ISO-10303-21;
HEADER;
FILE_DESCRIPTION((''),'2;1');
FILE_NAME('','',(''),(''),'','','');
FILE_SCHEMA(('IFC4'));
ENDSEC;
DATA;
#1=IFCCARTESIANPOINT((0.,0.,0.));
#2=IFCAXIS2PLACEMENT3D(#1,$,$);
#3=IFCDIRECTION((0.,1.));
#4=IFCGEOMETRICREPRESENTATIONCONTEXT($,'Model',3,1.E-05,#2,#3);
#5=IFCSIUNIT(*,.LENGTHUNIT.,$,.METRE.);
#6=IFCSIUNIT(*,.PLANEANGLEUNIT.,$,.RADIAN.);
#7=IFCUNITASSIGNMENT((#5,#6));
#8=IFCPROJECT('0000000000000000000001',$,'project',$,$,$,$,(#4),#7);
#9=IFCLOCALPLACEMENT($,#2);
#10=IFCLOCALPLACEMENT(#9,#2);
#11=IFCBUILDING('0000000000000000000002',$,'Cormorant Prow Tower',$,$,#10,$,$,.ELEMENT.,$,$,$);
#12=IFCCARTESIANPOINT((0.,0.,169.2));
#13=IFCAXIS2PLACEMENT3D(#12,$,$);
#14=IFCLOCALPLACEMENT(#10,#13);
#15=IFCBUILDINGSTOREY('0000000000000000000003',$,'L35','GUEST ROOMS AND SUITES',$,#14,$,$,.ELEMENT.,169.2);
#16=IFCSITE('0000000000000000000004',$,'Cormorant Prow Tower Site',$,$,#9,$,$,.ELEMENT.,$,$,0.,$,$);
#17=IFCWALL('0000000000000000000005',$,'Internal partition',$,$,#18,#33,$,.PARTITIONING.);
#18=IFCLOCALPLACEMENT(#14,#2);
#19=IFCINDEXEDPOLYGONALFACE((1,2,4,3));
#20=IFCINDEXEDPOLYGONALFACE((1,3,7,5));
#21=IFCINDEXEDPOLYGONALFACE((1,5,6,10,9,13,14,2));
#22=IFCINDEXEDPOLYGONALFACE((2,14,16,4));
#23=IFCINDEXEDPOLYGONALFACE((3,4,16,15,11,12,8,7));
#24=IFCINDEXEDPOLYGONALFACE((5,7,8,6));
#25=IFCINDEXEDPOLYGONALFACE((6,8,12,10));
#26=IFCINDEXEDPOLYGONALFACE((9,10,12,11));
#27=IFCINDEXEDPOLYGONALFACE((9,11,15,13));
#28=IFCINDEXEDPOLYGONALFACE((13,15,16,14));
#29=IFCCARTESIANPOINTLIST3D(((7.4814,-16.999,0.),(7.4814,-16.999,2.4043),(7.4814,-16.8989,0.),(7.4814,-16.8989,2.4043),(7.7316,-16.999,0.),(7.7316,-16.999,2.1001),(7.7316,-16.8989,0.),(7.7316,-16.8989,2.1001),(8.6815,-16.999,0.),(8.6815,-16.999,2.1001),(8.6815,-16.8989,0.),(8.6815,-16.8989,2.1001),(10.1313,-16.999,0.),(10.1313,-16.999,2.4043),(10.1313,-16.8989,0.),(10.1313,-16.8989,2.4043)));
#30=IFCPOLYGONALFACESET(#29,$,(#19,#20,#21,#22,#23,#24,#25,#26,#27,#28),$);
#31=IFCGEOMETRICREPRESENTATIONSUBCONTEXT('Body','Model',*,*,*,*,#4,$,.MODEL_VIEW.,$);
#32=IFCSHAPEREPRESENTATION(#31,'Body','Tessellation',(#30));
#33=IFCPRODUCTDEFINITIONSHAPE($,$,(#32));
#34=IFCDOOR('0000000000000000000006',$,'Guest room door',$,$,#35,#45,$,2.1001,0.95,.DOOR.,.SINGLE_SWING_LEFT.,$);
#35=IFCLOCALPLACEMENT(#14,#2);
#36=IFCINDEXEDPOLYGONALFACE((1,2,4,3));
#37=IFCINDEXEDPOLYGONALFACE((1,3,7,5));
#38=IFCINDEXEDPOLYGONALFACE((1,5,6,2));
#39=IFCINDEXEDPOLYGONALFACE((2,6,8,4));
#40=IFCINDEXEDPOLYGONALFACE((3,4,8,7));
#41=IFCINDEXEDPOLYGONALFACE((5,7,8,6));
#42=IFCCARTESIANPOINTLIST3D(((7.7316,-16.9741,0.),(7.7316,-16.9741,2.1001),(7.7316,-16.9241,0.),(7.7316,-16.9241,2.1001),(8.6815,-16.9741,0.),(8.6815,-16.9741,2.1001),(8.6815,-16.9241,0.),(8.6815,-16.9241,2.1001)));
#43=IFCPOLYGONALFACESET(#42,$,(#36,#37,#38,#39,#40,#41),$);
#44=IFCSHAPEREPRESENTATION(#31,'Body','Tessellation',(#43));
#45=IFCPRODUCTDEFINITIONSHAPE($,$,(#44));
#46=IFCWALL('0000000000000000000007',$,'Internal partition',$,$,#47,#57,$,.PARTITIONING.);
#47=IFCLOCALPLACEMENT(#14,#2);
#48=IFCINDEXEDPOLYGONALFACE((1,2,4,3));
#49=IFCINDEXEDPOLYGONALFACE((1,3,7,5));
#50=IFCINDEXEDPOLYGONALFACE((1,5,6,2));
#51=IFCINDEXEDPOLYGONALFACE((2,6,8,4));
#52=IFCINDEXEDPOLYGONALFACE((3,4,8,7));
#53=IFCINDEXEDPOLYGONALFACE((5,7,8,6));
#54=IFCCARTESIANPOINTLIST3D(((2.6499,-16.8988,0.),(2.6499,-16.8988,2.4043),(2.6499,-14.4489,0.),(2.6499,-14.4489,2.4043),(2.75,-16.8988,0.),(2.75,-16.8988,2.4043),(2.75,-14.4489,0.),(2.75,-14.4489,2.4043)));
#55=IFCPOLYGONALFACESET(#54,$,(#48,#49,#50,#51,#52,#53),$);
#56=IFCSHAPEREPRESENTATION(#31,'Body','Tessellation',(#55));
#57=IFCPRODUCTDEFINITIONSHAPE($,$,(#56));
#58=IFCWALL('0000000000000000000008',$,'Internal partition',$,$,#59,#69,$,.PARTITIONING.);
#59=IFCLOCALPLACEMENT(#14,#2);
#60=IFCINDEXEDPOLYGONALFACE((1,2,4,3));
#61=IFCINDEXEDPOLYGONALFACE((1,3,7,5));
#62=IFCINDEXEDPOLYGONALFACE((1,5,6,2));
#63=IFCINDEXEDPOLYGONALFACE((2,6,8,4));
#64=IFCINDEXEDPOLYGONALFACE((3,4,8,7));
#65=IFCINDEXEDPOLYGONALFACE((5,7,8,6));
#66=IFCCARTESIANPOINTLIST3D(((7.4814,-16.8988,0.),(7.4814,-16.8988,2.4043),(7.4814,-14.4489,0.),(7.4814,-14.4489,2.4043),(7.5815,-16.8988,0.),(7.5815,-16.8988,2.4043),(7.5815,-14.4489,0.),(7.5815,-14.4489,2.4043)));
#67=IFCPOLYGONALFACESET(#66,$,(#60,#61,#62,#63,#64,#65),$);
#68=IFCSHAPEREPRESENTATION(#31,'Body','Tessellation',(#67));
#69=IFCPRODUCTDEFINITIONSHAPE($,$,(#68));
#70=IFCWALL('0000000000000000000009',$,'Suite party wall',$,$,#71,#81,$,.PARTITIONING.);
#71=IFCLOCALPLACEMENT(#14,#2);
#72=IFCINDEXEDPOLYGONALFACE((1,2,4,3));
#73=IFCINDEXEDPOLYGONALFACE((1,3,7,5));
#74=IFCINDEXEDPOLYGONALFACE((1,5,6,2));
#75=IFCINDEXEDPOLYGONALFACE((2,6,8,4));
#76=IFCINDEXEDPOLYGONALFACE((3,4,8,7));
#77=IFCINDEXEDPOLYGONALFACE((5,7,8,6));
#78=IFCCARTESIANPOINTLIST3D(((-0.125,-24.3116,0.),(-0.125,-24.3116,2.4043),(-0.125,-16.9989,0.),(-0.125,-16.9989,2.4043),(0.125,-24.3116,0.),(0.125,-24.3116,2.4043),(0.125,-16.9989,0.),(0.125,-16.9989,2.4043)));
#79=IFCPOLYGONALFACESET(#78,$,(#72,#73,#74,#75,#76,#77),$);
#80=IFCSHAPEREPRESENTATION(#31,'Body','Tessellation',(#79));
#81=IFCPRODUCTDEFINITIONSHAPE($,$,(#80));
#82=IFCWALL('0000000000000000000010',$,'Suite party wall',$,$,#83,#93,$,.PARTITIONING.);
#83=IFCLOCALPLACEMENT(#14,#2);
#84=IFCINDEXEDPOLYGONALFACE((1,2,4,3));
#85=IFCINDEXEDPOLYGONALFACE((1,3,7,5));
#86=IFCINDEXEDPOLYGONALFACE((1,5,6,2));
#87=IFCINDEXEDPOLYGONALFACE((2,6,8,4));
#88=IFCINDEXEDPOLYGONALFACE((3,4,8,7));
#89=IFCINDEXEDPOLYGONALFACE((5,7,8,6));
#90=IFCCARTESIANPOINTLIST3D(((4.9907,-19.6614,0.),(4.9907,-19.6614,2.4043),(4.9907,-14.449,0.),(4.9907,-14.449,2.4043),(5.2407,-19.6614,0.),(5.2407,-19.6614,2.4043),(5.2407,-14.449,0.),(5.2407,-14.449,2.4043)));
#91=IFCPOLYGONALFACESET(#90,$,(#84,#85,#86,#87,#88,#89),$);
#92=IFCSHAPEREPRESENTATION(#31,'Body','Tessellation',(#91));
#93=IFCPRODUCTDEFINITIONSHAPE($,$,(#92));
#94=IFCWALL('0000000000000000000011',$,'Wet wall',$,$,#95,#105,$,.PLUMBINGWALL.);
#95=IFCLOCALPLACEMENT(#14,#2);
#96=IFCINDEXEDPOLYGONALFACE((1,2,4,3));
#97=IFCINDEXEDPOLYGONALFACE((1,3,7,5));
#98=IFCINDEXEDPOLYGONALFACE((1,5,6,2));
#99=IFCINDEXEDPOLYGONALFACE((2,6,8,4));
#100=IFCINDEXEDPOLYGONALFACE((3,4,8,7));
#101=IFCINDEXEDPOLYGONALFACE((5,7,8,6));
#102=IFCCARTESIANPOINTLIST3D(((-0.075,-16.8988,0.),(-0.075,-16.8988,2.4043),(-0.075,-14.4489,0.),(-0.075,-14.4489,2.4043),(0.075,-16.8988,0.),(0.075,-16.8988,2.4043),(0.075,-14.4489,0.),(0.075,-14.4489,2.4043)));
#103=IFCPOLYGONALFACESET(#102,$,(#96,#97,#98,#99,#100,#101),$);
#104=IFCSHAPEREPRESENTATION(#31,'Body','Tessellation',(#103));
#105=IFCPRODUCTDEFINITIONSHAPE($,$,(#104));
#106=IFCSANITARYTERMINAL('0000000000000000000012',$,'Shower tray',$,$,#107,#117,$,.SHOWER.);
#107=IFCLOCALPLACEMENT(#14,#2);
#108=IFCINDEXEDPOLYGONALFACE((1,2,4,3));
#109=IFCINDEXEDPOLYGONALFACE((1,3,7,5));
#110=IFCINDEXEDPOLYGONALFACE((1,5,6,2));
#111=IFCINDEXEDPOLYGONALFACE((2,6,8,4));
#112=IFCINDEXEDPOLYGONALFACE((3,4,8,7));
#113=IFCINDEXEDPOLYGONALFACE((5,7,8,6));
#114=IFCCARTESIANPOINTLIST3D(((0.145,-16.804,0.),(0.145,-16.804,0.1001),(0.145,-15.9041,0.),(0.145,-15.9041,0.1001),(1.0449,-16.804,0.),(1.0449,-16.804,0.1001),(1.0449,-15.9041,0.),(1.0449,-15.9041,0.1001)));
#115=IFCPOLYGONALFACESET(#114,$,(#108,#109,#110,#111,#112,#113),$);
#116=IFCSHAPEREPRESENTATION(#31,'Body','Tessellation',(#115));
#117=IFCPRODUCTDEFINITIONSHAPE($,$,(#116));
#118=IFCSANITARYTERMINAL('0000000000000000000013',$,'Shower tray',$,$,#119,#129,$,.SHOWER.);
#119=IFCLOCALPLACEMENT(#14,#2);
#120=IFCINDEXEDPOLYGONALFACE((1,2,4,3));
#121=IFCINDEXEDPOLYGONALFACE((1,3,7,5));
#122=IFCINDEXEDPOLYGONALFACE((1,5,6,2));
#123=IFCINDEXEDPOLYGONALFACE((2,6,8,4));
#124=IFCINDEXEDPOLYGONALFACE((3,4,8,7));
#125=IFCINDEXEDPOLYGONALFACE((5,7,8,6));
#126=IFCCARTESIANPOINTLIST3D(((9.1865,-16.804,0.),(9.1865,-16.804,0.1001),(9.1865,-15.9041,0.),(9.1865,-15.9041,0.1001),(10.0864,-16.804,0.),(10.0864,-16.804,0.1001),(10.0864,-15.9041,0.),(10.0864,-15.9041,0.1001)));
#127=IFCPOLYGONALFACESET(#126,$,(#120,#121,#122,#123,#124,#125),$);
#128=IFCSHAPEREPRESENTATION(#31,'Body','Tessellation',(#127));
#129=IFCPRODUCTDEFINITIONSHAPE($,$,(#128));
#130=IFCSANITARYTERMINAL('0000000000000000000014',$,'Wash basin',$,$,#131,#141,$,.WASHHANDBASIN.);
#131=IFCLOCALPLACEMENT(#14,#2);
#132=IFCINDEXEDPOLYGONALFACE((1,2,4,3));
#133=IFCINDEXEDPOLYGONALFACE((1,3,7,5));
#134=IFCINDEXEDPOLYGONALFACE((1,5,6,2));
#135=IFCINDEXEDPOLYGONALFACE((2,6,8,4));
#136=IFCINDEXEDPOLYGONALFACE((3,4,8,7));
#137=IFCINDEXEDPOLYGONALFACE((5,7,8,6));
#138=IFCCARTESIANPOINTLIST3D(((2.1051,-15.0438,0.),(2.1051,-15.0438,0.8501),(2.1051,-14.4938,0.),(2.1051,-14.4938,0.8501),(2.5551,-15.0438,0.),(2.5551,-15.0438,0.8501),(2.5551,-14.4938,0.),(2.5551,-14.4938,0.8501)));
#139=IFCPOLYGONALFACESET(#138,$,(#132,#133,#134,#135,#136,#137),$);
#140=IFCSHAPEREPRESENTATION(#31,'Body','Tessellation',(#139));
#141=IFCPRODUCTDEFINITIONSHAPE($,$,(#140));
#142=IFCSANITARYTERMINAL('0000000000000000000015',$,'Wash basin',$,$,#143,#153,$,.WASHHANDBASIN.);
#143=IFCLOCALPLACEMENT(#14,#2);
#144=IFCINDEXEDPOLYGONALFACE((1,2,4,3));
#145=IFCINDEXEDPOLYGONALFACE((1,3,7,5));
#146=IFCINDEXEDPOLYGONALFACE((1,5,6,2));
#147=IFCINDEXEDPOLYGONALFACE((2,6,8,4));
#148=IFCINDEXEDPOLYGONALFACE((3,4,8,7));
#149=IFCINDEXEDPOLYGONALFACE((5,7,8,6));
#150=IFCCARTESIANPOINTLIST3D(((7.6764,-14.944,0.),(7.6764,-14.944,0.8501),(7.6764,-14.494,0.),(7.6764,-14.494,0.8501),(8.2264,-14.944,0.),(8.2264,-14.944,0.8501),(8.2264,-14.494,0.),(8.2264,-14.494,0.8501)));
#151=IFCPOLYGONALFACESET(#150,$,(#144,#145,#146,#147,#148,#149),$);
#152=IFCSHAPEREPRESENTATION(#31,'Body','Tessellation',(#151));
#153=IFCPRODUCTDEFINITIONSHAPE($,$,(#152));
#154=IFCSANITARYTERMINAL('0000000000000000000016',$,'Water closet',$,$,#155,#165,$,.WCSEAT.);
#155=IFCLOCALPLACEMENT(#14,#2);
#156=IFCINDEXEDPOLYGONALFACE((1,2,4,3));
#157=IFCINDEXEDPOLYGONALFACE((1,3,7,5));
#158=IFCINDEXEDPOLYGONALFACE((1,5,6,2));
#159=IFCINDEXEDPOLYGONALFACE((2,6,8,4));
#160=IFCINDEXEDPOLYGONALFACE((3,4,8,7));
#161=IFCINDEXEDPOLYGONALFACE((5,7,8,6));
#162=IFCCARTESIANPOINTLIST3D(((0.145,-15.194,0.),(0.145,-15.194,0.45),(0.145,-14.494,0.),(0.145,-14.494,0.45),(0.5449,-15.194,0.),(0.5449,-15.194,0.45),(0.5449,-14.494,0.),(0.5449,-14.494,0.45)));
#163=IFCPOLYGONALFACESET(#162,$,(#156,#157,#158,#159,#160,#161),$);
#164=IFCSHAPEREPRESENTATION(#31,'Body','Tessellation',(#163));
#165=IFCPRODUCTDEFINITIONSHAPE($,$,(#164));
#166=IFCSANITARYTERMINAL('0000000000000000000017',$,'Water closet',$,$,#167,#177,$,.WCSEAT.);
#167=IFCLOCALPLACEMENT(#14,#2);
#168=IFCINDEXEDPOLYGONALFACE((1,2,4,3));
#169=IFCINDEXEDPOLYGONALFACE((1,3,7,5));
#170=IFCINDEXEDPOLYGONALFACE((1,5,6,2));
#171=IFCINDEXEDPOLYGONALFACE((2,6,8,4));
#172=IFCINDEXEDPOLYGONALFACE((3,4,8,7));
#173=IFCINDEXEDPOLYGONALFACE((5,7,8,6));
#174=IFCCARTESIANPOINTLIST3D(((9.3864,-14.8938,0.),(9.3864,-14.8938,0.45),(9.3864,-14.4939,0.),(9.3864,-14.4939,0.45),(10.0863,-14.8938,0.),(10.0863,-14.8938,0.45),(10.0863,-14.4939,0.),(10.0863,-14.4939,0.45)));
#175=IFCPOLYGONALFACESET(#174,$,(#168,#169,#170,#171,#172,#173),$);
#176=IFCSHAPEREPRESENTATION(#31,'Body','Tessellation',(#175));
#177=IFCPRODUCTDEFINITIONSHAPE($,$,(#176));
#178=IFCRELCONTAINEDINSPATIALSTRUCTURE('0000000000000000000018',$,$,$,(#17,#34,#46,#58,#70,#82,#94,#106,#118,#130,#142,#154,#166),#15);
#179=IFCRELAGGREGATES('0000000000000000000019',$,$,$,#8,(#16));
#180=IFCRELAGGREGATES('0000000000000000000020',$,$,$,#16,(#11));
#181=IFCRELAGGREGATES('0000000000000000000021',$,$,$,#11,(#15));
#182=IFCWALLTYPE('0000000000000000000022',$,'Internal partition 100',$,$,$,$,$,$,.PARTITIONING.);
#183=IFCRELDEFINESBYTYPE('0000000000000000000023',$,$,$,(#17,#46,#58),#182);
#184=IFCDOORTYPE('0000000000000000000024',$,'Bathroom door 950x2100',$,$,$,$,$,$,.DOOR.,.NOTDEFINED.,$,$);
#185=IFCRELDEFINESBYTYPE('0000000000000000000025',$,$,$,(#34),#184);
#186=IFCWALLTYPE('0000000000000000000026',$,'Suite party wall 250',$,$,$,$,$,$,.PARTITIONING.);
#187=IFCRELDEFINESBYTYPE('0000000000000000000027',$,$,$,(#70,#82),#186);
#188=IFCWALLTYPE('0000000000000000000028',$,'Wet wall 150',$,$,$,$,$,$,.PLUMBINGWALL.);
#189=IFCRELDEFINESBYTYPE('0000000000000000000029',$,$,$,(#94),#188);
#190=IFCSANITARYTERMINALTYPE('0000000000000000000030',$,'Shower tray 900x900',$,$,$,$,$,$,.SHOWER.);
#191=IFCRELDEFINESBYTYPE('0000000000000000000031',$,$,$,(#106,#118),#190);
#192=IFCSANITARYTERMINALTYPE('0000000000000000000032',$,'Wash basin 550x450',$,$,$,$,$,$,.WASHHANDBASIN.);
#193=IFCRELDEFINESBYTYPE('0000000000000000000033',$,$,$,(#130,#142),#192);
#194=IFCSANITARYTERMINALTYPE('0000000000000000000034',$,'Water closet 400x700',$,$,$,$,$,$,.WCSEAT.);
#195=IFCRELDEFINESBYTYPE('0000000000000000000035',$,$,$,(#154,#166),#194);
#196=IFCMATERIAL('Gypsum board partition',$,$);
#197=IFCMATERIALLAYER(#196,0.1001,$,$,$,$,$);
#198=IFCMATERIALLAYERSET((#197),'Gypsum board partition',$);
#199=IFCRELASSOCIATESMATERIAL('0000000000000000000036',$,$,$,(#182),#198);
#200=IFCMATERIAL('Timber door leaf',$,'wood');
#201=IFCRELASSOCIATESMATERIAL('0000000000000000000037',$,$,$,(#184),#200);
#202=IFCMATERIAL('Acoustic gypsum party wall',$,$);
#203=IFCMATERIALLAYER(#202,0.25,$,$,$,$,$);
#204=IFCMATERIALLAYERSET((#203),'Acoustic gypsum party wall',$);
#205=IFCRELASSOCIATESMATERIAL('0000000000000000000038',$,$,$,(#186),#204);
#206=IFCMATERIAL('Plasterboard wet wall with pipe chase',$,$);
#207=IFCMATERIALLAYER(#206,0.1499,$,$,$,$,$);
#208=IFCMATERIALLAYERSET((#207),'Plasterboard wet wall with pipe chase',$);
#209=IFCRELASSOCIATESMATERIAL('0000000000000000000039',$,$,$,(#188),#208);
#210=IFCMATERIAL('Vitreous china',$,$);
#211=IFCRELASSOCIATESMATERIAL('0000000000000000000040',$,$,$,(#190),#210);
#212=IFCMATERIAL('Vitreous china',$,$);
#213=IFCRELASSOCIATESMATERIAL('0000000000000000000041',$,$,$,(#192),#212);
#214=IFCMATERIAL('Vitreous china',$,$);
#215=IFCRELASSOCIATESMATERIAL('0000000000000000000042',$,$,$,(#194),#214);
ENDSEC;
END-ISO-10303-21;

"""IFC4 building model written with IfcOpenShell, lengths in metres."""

from ifc_helpers import new_model, si_unit, direction, frame, frame_2d, origin, origin_2d, place, context, subcontext, project, spatial, rectangle, extrude, material, layer, layer_set, type_object, element, fill, save


model = new_model("IFC4")

# Units and contexts
model_context = context("Model", 3, precision=1e-05, world=origin(), true_north=direction((0.0, 1.0)))
body_context = subcontext(model_context, "Body", "Model", "MODEL_VIEW")
ifc_project = project(units=[si_unit("LENGTHUNIT", "METRE"), si_unit("PLANEANGLEUNIT", "RADIAN")], contexts=[model_context])

# Site, building, storey
site_placement = place(None, origin())
site = spatial("IfcSite", under=ifc_project, at=site_placement, Name="Cormorant Prow Tower Site", CompositionType="ELEMENT", RefElevation=0.0)
building_placement = place(site_placement, origin())
building = spatial("IfcBuilding", under=site, at=building_placement, Name="Cormorant Prow Tower", CompositionType="ELEMENT")
storey_placement = place(building_placement, frame((0.0, 0.0, 169.2)))
storey = spatial("IfcBuildingStorey", under=building, at=storey_placement, Name="L35", Description="GUEST ROOMS AND SUITES", CompositionType="ELEMENT", Elevation=169.2)

# Wall, opening, door
ifc_material_1 = material(Name="Gypsum board partition")
ifc_layer_1 = layer(ifc_material_1, 0.1001)
ifc_layer_set_1 = layer_set([ifc_layer_1], Name="Gypsum board partition")
wall_type_1 = type_object("IfcWallType", Name="Internal partition 100", PredefinedType="PARTITIONING", material=ifc_layer_set_1)
wall_1_placement = place(storey_placement, frame((7.4814, -16.949, 0.0), z_axis=(0.0, 0.0, 1.0), x_axis=(1.0, 0.0, 0.0)))
wall_1 = element("IfcWall", 1, at=wall_1_placement, inside=storey, type_object=wall_type_1, Name="Internal partition", PredefinedType="PARTITIONING", context=body_context, shape_type="SweptSolid", body=[
    extrude(rectangle(XDim=2.6499, YDim=0.1001, at=frame_2d((1.325, 0.0))), origin(), (0.0, 0.0, 1.0), 2.4043),
])
opening_1_placement = place(wall_1_placement, frame((0.25, 0.0, 0.0)))
opening_1 = element("IfcOpeningElement", 2, at=opening_1_placement, cuts=wall_1, PredefinedType="OPENING", context=body_context, shape_type="SweptSolid", body=[
    extrude(rectangle(XDim=0.95, YDim=2.1001, at=frame_2d((0.4751, 1.05))), frame((0.0, 0.0601, 0.0), z_axis=(0.0, -1.0, 0.0), x_axis=(1.0, 0.0, 0.0)), (0.0, 0.0, 1.0), 0.1201),
])
ifc_material_2 = material(Name="Timber door leaf", Category="wood")
door_type_1 = type_object("IfcDoorType", Name="Bathroom door 950x2100", OperationType="NOTDEFINED", PredefinedType="DOOR", material=ifc_material_2)
door_1_placement = place(opening_1_placement, origin())
door_1 = element("IfcDoor", 3, at=door_1_placement, inside=storey, type_object=door_type_1, Name="Guest room door", OperationType="SINGLE_SWING_LEFT", OverallHeight=2.1001, OverallWidth=0.95, PredefinedType="DOOR", context=body_context, shape_type="SweptSolid", body=[
    extrude(rectangle(XDim=0.95, YDim=2.1001, at=frame_2d((0.4751, 1.05))), frame((0.0, 0.0249, 0.0), z_axis=(0.0, -1.0, 0.0), x_axis=(1.0, 0.0, 0.0)), (0.0, 0.0, 1.0), 0.05),
])
fill(opening_1, door_1)

# Walls
for number, where, z_axis, x_axis, name in (
    (4, (2.7, -16.8989, 0.0), (0.0, 0.0, 1.0), (0.0, 1.0, 0.0), "Internal partition"),
    (5, (7.5315, -16.8989, 0.0), (0.0, 0.0, 1.0), (0.0, 1.0, 0.0), "Internal partition"),
):
    element("IfcWall", number, at=place(storey_placement, frame(where, z_axis=z_axis, x_axis=x_axis)), inside=storey, type_object=wall_type_1, Name=name, PredefinedType="PARTITIONING", context=body_context, shape_type="SweptSolid", body=[
        extrude(rectangle(XDim=2.45, YDim=0.1001, at=frame_2d((1.2251, 0.0))), origin(), (0.0, 0.0, 1.0), 2.4043),
    ])
ifc_material_3 = material(Name="Acoustic gypsum party wall")
ifc_layer_2 = layer(ifc_material_3, 0.25)
ifc_layer_set_2 = layer_set([ifc_layer_2], Name="Acoustic gypsum party wall")
wall_type_2 = type_object("IfcWallType", Name="Suite party wall 250", PredefinedType="PARTITIONING", material=ifc_layer_set_2)
wall_2_placement = place(storey_placement, frame((0.0, -24.3115, 0.0), z_axis=(0.0, 0.0, 1.0), x_axis=(0.0, 1.0, 0.0)))
element("IfcWall", 6, at=wall_2_placement, inside=storey, type_object=wall_type_2, Name="Suite party wall", PredefinedType="PARTITIONING", context=body_context, shape_type="SweptSolid", body=[
    extrude(rectangle(XDim=7.3127, YDim=0.25, at=frame_2d((3.6562, 0.0))), origin(), (0.0, 0.0, 1.0), 2.4043),
])
wall_3_placement = place(storey_placement, frame((5.1157, -19.6614, 0.0), z_axis=(0.0, 0.0, 1.0), x_axis=(0.0, 1.0, 0.0)))
element("IfcWall", 7, at=wall_3_placement, inside=storey, type_object=wall_type_2, Name="Suite party wall", PredefinedType="PARTITIONING", context=body_context, shape_type="SweptSolid", body=[
    extrude(rectangle(XDim=5.2124, YDim=0.25, at=frame_2d((2.6062, 0.0))), origin(), (0.0, 0.0, 1.0), 2.4043),
])

# Wall
ifc_material_4 = material(Name="Plasterboard wet wall with pipe chase")
ifc_layer_3 = layer(ifc_material_4, 0.1499)
ifc_layer_set_3 = layer_set([ifc_layer_3], Name="Plasterboard wet wall with pipe chase")
wall_type_3 = type_object("IfcWallType", Name="Wet wall 150", PredefinedType="PLUMBINGWALL", material=ifc_layer_set_3)
wall_4_placement = place(storey_placement, frame((0.0, -16.8989, 0.0), z_axis=(0.0, 0.0, 1.0), x_axis=(0.0, 1.0, 0.0)))
element("IfcWall", 8, at=wall_4_placement, inside=storey, type_object=wall_type_3, Name="Wet wall", PredefinedType="PLUMBINGWALL", context=body_context, shape_type="SweptSolid", body=[
    extrude(rectangle(XDim=2.45, YDim=0.1499, at=frame_2d((1.2251, 0.0))), origin(), (0.0, 0.0, 1.0), 2.4043),
])

# Sanitary terminals
ifc_material_5 = material(Name="Vitreous china")
sanitary_terminal_type_1 = type_object("IfcSanitaryTerminalType", Name="Shower tray 900x900", PredefinedType="SHOWER", material=ifc_material_5)
for number, where, z_axis, x_axis, name in (
    (9, (0.595, -16.354, 0.0), (0.0, 0.0, 1.0), (0.0, 1.0, 0.0), "Shower tray"),
    (10, (9.6365, -16.354, 0.0), (0.0, 0.0, 1.0), (-1.0, 0.0, 0.0), "Shower tray"),
):
    element("IfcSanitaryTerminal", number, at=place(storey_placement, frame(where, z_axis=z_axis, x_axis=x_axis)), inside=storey, type_object=sanitary_terminal_type_1, Name=name, PredefinedType="SHOWER", context=body_context, shape_type="SweptSolid", body=[
        extrude(rectangle(XDim=0.8999, YDim=0.8999, at=origin_2d()), origin(), (0.0, 0.0, 1.0), 0.1001),
    ])
ifc_material_6 = material(Name="Vitreous china")
sanitary_terminal_type_2 = type_object("IfcSanitaryTerminalType", Name="Wash basin 550x450", PredefinedType="WASHHANDBASIN", material=ifc_material_6)
for number, where, z_axis, x_axis, name in (
    (11, (2.3301, -14.7688, 0.0), (0.0, 0.0, 1.0), (0.0, -1.0, 0.0), "Wash basin"),
    (12, (7.9514, -14.719, 0.0), (0.0, 0.0, 1.0), (1.0, 0.0, 0.0), "Wash basin"),
):
    element("IfcSanitaryTerminal", number, at=place(storey_placement, frame(where, z_axis=z_axis, x_axis=x_axis)), inside=storey, type_object=sanitary_terminal_type_2, Name=name, PredefinedType="WASHHANDBASIN", context=body_context, shape_type="SweptSolid", body=[
        extrude(rectangle(XDim=0.55, YDim=0.45, at=origin_2d()), origin(), (0.0, 0.0, 1.0), 0.8501),
    ])
ifc_material_7 = material(Name="Vitreous china")
sanitary_terminal_type_3 = type_object("IfcSanitaryTerminalType", Name="Water closet 400x700", PredefinedType="WCSEAT", material=ifc_material_7)
for number, where, z_axis, x_axis, name in (
    (13, (0.345, -14.844, 0.0), (0.0, 0.0, 1.0), (1.0, 0.0, 0.0), "Water closet"),
    (14, (9.7363, -14.6938, 0.0), (0.0, 0.0, 1.0), (0.0, -1.0, 0.0), "Water closet"),
):
    element("IfcSanitaryTerminal", number, at=place(storey_placement, frame(where, z_axis=z_axis, x_axis=x_axis)), inside=storey, type_object=sanitary_terminal_type_3, Name=name, PredefinedType="WCSEAT", context=body_context, shape_type="SweptSolid", body=[
        extrude(rectangle(XDim=0.3999, YDim=0.7, at=origin_2d()), origin(), (0.0, 0.0, 1.0), 0.45),
    ])

save(model, "model.ifc")
